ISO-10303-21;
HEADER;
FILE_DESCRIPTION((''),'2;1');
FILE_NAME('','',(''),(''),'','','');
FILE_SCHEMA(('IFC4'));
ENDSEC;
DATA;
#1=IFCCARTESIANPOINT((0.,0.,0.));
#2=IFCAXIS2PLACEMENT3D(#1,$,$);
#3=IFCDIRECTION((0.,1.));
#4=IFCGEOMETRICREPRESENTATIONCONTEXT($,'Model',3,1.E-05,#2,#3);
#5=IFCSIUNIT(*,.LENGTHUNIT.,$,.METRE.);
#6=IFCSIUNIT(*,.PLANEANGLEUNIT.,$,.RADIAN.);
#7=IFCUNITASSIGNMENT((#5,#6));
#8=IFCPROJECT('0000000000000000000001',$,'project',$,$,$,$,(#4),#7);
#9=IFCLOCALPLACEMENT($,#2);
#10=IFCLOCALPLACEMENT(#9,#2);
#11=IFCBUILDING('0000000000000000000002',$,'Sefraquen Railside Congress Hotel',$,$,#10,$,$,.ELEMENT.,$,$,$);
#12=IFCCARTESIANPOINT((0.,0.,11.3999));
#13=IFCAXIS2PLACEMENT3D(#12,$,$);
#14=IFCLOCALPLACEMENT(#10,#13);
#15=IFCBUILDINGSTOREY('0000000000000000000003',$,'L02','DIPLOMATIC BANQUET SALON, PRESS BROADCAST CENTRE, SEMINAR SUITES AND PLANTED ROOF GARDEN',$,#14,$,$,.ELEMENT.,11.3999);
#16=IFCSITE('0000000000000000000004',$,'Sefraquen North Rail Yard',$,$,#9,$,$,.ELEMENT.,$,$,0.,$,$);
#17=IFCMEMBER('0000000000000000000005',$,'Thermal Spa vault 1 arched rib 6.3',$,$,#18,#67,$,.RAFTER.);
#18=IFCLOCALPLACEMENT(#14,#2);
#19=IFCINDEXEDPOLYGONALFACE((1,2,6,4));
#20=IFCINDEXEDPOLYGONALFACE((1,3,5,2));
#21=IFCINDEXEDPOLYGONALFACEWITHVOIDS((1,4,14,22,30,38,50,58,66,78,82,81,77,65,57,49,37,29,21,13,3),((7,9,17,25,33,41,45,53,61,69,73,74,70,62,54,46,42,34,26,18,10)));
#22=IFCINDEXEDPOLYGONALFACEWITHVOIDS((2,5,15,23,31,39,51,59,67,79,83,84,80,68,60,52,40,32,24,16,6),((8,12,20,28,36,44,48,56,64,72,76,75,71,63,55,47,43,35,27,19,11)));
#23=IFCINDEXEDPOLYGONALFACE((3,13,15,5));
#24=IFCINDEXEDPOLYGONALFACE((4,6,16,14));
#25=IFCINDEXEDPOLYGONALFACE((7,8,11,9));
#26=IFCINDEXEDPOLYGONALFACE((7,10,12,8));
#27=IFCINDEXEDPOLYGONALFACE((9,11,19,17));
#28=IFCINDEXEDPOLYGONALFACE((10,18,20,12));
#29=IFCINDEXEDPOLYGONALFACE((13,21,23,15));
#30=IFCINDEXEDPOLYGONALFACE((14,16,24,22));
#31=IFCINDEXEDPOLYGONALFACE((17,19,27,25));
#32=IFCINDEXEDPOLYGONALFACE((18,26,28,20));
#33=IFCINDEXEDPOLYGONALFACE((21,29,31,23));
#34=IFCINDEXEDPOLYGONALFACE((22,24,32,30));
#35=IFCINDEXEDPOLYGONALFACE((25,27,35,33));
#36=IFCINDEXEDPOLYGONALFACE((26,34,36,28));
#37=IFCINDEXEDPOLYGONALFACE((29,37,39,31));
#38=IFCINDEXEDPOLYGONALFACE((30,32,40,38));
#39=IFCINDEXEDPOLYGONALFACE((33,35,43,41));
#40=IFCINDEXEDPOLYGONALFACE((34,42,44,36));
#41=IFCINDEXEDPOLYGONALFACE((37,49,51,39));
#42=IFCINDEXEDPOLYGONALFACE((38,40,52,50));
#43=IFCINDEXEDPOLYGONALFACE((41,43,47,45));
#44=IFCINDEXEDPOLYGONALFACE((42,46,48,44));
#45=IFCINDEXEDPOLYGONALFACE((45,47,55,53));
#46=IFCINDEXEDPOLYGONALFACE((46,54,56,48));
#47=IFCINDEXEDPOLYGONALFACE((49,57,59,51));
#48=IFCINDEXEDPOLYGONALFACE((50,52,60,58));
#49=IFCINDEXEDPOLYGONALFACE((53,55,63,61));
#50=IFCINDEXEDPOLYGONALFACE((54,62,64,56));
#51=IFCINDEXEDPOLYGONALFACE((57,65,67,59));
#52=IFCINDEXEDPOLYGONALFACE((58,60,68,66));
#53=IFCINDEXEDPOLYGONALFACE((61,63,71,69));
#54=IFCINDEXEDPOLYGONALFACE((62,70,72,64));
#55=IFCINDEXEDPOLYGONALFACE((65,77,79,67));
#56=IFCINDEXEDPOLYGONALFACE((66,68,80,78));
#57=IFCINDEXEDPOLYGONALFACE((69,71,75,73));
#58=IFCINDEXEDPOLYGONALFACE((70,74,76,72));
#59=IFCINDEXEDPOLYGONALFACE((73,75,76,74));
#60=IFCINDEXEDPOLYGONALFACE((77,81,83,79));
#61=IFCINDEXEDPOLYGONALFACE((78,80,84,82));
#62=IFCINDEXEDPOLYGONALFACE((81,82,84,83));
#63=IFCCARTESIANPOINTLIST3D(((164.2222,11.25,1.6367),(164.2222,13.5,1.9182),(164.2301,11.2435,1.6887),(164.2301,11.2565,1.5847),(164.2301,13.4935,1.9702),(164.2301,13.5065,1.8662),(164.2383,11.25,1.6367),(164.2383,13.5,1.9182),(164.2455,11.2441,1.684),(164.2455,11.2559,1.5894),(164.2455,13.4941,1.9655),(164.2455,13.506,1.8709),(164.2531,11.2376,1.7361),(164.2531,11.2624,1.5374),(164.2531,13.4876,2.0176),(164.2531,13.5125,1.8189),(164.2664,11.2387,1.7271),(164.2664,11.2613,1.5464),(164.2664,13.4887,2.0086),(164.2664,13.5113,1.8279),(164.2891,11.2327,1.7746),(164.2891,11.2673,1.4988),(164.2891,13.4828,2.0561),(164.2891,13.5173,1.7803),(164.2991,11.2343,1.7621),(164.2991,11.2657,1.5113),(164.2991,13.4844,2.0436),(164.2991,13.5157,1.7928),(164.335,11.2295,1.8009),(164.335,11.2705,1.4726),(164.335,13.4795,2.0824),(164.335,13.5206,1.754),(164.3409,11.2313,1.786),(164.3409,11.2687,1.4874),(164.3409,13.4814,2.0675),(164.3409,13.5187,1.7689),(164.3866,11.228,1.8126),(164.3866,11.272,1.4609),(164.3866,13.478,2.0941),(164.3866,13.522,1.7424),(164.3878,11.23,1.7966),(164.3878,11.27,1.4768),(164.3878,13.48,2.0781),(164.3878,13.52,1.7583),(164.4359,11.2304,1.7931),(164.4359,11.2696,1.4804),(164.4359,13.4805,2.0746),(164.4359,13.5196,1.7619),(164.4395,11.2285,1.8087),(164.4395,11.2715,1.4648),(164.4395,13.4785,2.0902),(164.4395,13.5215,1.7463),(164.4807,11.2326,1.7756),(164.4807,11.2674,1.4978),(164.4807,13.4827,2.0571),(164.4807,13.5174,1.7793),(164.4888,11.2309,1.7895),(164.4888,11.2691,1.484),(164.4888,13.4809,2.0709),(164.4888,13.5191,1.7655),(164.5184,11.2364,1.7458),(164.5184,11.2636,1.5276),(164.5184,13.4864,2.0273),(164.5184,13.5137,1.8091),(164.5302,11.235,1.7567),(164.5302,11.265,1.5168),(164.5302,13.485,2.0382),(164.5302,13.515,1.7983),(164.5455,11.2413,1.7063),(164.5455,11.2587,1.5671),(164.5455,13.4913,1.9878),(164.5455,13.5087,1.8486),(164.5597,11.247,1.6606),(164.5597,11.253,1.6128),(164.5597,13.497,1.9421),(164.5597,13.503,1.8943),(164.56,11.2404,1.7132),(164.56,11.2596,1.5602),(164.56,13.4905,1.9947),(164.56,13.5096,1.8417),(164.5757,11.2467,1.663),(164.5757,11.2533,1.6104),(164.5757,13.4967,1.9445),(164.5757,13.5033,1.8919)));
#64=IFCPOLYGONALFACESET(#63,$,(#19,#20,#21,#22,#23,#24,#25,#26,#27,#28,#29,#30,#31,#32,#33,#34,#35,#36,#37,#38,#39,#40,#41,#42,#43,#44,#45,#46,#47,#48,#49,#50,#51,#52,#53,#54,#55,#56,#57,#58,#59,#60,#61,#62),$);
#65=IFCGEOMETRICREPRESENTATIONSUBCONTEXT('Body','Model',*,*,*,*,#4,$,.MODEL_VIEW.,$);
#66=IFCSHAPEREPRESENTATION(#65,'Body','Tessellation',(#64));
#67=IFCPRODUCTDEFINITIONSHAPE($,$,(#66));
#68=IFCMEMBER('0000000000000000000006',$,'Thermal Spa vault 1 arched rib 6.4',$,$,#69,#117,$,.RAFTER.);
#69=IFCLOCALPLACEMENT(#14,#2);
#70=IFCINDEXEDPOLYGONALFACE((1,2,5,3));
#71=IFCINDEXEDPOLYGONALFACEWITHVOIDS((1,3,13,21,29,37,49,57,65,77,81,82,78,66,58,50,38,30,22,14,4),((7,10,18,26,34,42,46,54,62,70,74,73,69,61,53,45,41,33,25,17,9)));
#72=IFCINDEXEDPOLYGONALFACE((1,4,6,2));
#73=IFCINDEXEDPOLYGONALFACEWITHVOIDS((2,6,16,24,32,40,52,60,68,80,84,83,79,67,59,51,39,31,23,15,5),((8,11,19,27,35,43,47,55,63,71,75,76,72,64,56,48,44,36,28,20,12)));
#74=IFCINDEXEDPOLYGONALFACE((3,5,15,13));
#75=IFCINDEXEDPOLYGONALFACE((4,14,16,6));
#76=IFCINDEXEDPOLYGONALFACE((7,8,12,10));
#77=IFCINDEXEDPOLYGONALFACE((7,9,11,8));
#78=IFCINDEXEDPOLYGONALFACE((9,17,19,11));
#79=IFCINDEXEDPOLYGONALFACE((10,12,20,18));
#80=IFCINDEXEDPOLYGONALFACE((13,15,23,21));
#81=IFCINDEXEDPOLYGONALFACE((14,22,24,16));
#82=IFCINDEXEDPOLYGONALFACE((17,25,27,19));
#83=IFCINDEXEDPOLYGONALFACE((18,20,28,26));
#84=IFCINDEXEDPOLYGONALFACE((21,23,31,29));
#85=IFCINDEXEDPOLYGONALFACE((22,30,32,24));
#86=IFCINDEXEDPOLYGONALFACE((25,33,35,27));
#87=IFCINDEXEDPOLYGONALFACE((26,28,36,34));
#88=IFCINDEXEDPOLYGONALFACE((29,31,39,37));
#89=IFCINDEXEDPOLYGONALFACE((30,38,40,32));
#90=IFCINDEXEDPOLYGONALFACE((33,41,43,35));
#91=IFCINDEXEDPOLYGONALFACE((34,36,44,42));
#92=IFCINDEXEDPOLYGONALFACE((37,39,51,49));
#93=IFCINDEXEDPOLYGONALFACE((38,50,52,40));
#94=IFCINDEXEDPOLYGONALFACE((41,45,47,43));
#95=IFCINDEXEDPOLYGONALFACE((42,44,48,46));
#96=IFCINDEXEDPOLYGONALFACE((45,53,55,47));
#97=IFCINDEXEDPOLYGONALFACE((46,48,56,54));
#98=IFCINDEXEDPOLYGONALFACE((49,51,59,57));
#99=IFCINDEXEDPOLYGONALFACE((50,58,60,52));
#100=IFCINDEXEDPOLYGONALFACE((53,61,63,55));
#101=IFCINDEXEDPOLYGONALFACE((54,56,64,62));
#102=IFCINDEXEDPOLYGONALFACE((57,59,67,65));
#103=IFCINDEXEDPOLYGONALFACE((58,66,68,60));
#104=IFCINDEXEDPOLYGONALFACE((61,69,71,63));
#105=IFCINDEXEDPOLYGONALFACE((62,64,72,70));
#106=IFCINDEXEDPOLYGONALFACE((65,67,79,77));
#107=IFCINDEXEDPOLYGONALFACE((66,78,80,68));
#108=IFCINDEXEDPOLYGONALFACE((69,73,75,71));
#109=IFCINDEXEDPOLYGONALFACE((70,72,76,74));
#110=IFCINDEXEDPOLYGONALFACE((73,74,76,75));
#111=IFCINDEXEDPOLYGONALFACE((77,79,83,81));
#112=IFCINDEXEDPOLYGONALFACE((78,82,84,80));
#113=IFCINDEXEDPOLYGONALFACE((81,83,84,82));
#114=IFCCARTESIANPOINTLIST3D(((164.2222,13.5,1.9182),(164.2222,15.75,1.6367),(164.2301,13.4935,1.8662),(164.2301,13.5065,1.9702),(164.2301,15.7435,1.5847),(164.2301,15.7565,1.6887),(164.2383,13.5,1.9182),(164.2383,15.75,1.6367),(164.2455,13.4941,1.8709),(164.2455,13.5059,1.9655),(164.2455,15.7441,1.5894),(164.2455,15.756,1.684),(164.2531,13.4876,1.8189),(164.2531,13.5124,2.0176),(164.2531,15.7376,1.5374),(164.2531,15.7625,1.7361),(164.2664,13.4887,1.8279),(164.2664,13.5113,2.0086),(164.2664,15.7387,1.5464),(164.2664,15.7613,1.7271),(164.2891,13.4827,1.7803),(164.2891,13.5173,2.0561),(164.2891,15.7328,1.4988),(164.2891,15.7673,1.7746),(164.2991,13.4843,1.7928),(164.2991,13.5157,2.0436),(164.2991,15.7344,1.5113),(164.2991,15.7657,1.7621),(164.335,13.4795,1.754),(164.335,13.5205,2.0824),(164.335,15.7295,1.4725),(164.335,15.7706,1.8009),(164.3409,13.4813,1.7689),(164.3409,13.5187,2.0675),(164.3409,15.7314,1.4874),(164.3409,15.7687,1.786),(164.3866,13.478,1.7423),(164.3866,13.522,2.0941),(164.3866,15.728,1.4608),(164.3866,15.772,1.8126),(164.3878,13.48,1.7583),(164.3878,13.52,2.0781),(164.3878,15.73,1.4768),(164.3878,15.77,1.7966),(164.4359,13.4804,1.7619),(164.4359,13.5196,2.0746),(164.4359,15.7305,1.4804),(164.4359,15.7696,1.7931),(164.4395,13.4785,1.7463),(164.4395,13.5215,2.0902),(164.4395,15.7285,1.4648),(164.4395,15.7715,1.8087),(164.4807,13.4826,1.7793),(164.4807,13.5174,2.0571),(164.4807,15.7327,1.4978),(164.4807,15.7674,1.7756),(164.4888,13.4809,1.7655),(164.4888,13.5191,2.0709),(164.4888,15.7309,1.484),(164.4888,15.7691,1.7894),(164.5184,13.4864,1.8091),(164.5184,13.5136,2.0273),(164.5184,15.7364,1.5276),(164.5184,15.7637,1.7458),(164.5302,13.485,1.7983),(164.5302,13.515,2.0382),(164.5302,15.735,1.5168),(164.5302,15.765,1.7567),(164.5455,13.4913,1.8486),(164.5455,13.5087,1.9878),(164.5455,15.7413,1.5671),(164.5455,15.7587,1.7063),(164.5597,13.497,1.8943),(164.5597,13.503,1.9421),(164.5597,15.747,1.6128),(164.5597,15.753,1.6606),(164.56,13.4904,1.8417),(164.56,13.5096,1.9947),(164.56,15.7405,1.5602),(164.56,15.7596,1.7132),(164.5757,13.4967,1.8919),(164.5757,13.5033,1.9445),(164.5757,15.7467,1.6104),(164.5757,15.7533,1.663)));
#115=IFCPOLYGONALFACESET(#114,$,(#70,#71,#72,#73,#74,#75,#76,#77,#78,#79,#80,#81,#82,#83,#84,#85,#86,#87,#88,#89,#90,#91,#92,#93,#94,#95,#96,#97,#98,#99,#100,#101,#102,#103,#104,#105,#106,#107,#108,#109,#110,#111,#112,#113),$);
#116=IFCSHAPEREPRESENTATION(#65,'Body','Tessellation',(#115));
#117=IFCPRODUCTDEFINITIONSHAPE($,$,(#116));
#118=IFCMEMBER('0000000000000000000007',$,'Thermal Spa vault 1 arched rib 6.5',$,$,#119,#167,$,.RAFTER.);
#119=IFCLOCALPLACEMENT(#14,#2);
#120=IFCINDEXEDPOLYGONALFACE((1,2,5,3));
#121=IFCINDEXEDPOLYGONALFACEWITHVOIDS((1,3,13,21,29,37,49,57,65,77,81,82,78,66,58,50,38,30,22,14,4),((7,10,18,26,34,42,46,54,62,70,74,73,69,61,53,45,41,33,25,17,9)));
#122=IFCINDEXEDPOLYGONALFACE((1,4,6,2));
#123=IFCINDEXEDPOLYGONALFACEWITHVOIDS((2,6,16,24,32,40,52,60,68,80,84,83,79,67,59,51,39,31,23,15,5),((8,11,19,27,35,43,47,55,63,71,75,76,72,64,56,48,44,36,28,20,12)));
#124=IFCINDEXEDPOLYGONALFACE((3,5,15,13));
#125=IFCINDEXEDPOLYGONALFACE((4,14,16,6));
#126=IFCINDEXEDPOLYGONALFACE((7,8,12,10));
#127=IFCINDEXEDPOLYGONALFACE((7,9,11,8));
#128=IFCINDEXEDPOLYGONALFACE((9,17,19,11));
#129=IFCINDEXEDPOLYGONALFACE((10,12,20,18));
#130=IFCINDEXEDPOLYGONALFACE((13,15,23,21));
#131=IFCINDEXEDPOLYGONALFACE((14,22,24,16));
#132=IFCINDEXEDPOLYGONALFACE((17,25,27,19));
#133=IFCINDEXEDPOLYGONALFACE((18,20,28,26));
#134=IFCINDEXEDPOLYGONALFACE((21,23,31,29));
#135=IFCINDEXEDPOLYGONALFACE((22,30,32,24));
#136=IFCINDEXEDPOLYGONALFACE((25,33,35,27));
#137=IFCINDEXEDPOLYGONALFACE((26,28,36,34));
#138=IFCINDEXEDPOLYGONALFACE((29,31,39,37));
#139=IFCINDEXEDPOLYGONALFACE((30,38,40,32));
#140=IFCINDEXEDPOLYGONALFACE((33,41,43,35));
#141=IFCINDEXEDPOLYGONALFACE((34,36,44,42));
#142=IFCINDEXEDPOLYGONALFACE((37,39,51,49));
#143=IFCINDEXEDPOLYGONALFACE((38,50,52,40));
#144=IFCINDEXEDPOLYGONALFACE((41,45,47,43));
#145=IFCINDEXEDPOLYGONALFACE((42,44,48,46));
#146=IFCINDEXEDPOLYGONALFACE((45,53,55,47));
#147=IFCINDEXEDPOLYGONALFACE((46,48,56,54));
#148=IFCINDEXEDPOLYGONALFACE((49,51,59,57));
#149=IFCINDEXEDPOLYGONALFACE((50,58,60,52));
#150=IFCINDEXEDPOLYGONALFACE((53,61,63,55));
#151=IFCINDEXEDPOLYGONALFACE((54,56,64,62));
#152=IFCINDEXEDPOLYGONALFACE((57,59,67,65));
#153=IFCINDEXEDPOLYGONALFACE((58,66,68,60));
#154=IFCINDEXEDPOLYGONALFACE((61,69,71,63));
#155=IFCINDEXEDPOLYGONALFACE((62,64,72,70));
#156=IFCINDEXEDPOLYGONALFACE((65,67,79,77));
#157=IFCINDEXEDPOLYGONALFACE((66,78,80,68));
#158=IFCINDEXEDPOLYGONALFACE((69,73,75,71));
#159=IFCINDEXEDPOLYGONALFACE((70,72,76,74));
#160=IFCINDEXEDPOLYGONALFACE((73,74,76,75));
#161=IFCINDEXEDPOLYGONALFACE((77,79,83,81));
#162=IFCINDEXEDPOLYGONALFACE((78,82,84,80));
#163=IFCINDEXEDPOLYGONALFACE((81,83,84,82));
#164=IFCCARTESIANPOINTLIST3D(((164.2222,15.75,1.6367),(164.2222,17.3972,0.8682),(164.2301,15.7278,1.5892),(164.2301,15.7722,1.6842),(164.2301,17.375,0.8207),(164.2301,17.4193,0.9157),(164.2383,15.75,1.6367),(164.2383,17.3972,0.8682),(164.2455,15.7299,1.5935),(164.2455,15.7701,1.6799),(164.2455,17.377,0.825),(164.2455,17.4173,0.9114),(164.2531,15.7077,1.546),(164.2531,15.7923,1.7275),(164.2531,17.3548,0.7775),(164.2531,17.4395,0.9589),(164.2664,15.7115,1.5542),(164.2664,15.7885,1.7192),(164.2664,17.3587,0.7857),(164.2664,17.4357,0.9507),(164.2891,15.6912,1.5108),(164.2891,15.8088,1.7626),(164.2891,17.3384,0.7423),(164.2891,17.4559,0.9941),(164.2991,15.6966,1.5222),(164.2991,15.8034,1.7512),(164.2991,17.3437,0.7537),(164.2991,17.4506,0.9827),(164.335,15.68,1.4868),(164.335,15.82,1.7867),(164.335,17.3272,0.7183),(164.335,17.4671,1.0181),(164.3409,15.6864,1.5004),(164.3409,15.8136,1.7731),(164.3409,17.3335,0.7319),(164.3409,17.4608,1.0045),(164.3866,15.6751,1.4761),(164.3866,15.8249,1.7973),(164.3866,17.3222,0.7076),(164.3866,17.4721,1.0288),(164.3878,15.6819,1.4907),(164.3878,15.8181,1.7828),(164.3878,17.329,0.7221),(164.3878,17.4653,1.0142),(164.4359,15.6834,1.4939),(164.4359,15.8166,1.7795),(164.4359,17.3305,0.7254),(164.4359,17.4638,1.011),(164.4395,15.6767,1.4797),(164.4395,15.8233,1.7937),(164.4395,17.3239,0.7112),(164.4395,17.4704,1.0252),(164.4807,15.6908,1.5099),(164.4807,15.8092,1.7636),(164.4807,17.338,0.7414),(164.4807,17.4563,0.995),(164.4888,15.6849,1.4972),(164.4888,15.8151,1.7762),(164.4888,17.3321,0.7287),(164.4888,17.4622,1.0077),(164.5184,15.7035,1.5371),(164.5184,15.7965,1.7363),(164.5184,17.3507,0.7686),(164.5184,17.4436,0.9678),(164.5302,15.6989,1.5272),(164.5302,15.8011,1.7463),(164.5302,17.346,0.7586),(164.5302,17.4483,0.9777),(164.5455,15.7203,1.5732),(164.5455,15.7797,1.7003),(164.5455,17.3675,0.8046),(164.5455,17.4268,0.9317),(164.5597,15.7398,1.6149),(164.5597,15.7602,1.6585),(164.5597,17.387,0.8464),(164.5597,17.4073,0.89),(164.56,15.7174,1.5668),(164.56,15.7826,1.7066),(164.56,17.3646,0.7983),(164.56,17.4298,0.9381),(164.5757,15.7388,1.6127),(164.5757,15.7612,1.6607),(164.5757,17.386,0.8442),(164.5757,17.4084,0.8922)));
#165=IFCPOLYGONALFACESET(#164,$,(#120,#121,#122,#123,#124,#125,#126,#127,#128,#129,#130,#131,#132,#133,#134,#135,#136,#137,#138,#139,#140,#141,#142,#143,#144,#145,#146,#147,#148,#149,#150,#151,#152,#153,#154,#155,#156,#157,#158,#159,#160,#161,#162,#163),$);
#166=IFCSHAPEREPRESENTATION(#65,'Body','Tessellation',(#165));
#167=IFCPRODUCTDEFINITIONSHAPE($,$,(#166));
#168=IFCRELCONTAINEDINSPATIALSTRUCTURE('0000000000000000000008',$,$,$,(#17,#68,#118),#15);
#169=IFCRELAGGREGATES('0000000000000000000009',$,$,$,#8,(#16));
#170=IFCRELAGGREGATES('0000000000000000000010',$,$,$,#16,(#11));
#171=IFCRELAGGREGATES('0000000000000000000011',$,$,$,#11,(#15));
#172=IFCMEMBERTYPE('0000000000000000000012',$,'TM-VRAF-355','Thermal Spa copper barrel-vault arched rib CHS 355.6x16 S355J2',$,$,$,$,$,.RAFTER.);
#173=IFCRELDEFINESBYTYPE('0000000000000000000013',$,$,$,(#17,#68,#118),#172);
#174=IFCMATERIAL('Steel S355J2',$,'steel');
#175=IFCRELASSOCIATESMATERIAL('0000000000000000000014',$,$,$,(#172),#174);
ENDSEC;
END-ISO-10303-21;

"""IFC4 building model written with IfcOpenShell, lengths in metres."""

from ifc_helpers import new_model, si_unit, direction, frame, origin, origin_2d, place, context, subcontext, project, spatial, hollow_circle, extrude, material, material_profile, profile_set, type_object, element, save


model = new_model("IFC4")

# Units and contexts
model_context = context("Model", 3, precision=1e-05, world=origin(), true_north=direction((0.0, 1.0)))
body_context = subcontext(model_context, "Body", "Model", "MODEL_VIEW")
ifc_project = project(units=[si_unit("LENGTHUNIT", "METRE"), si_unit("PLANEANGLEUNIT", "RADIAN")], contexts=[model_context])

# Site, building, storey
site_placement = place(None, origin())
site = spatial("IfcSite", under=ifc_project, at=site_placement, Name="Sefraquen North Rail Yard", CompositionType="ELEMENT", RefElevation=0.0)
building_placement = place(site_placement, origin())
building = spatial("IfcBuilding", under=site, at=building_placement, Name="Sefraquen Railside Congress Hotel", CompositionType="ELEMENT")
storey_placement = place(building_placement, frame((0.0, 0.0, 11.3999)))
storey = spatial("IfcBuildingStorey", under=building, at=storey_placement, Name="L02", Description="DIPLOMATIC BANQUET SALON, PRESS BROADCAST CENTRE, SEMINAR SUITES AND PLANTED ROOF GARDEN", CompositionType="ELEMENT", Elevation=11.3999)

# Members
ifc_material_1 = material(Name="Steel S355J2", Category="steel")
ifc_material_profile_1 = material_profile(ifc_material_1, hollow_circle(Radius=0.1777, WallThickness=0.0161, at=origin_2d()), Name="CHS 355.6x16")
ifc_profile_set_1 = profile_set([ifc_material_profile_1], Name="Steel S355J2")
member_type = type_object("IfcMemberType", Name="TM-VRAF-355", Description="Thermal Spa copper barrel-vault arched rib CHS 355.6x16 S355J2", PredefinedType="RAFTER", material=ifc_profile_set_1)
for number, where, z_axis, x_axis, name in (
    (1, (164.3999, 11.25, 1.6367), (0.0, 0.992265, 0.124141), (-1.0, 0.0, 0.0), "Thermal Spa vault 1 arched rib 6.3"),
    (2, (164.3999, 13.5, 1.9182), (0.0, 0.992265, -0.124141), (-1.0, 0.0, 0.0), "Thermal Spa vault 1 arched rib 6.4"),
):
    element("IfcMember", number, at=place(storey_placement, frame(where, z_axis=z_axis, x_axis=x_axis)), inside=storey, type_object=member_type, Name=name, PredefinedType="RAFTER", context=body_context, shape_type="SweptSolid", body=[
        extrude(hollow_circle(Radius=0.1777, WallThickness=0.0161, at=origin_2d()), origin(), (0.0, 0.0, 1.0), 2.2676),
    ])
member_1_placement = place(storey_placement, frame((164.3999, 15.75, 1.6367), z_axis=(0.0, 0.906214, -0.422819), x_axis=(-1.0, 0.0, 0.0)))
element("IfcMember", 3, at=member_1_placement, inside=storey, type_object=member_type, Name="Thermal Spa vault 1 arched rib 6.5", PredefinedType="RAFTER", context=body_context, shape_type="SweptSolid", body=[
    extrude(hollow_circle(Radius=0.1777, WallThickness=0.0161, at=origin_2d()), origin(), (0.0, 0.0, 1.0), 1.8176),
])

save(model, "model.ifc")
